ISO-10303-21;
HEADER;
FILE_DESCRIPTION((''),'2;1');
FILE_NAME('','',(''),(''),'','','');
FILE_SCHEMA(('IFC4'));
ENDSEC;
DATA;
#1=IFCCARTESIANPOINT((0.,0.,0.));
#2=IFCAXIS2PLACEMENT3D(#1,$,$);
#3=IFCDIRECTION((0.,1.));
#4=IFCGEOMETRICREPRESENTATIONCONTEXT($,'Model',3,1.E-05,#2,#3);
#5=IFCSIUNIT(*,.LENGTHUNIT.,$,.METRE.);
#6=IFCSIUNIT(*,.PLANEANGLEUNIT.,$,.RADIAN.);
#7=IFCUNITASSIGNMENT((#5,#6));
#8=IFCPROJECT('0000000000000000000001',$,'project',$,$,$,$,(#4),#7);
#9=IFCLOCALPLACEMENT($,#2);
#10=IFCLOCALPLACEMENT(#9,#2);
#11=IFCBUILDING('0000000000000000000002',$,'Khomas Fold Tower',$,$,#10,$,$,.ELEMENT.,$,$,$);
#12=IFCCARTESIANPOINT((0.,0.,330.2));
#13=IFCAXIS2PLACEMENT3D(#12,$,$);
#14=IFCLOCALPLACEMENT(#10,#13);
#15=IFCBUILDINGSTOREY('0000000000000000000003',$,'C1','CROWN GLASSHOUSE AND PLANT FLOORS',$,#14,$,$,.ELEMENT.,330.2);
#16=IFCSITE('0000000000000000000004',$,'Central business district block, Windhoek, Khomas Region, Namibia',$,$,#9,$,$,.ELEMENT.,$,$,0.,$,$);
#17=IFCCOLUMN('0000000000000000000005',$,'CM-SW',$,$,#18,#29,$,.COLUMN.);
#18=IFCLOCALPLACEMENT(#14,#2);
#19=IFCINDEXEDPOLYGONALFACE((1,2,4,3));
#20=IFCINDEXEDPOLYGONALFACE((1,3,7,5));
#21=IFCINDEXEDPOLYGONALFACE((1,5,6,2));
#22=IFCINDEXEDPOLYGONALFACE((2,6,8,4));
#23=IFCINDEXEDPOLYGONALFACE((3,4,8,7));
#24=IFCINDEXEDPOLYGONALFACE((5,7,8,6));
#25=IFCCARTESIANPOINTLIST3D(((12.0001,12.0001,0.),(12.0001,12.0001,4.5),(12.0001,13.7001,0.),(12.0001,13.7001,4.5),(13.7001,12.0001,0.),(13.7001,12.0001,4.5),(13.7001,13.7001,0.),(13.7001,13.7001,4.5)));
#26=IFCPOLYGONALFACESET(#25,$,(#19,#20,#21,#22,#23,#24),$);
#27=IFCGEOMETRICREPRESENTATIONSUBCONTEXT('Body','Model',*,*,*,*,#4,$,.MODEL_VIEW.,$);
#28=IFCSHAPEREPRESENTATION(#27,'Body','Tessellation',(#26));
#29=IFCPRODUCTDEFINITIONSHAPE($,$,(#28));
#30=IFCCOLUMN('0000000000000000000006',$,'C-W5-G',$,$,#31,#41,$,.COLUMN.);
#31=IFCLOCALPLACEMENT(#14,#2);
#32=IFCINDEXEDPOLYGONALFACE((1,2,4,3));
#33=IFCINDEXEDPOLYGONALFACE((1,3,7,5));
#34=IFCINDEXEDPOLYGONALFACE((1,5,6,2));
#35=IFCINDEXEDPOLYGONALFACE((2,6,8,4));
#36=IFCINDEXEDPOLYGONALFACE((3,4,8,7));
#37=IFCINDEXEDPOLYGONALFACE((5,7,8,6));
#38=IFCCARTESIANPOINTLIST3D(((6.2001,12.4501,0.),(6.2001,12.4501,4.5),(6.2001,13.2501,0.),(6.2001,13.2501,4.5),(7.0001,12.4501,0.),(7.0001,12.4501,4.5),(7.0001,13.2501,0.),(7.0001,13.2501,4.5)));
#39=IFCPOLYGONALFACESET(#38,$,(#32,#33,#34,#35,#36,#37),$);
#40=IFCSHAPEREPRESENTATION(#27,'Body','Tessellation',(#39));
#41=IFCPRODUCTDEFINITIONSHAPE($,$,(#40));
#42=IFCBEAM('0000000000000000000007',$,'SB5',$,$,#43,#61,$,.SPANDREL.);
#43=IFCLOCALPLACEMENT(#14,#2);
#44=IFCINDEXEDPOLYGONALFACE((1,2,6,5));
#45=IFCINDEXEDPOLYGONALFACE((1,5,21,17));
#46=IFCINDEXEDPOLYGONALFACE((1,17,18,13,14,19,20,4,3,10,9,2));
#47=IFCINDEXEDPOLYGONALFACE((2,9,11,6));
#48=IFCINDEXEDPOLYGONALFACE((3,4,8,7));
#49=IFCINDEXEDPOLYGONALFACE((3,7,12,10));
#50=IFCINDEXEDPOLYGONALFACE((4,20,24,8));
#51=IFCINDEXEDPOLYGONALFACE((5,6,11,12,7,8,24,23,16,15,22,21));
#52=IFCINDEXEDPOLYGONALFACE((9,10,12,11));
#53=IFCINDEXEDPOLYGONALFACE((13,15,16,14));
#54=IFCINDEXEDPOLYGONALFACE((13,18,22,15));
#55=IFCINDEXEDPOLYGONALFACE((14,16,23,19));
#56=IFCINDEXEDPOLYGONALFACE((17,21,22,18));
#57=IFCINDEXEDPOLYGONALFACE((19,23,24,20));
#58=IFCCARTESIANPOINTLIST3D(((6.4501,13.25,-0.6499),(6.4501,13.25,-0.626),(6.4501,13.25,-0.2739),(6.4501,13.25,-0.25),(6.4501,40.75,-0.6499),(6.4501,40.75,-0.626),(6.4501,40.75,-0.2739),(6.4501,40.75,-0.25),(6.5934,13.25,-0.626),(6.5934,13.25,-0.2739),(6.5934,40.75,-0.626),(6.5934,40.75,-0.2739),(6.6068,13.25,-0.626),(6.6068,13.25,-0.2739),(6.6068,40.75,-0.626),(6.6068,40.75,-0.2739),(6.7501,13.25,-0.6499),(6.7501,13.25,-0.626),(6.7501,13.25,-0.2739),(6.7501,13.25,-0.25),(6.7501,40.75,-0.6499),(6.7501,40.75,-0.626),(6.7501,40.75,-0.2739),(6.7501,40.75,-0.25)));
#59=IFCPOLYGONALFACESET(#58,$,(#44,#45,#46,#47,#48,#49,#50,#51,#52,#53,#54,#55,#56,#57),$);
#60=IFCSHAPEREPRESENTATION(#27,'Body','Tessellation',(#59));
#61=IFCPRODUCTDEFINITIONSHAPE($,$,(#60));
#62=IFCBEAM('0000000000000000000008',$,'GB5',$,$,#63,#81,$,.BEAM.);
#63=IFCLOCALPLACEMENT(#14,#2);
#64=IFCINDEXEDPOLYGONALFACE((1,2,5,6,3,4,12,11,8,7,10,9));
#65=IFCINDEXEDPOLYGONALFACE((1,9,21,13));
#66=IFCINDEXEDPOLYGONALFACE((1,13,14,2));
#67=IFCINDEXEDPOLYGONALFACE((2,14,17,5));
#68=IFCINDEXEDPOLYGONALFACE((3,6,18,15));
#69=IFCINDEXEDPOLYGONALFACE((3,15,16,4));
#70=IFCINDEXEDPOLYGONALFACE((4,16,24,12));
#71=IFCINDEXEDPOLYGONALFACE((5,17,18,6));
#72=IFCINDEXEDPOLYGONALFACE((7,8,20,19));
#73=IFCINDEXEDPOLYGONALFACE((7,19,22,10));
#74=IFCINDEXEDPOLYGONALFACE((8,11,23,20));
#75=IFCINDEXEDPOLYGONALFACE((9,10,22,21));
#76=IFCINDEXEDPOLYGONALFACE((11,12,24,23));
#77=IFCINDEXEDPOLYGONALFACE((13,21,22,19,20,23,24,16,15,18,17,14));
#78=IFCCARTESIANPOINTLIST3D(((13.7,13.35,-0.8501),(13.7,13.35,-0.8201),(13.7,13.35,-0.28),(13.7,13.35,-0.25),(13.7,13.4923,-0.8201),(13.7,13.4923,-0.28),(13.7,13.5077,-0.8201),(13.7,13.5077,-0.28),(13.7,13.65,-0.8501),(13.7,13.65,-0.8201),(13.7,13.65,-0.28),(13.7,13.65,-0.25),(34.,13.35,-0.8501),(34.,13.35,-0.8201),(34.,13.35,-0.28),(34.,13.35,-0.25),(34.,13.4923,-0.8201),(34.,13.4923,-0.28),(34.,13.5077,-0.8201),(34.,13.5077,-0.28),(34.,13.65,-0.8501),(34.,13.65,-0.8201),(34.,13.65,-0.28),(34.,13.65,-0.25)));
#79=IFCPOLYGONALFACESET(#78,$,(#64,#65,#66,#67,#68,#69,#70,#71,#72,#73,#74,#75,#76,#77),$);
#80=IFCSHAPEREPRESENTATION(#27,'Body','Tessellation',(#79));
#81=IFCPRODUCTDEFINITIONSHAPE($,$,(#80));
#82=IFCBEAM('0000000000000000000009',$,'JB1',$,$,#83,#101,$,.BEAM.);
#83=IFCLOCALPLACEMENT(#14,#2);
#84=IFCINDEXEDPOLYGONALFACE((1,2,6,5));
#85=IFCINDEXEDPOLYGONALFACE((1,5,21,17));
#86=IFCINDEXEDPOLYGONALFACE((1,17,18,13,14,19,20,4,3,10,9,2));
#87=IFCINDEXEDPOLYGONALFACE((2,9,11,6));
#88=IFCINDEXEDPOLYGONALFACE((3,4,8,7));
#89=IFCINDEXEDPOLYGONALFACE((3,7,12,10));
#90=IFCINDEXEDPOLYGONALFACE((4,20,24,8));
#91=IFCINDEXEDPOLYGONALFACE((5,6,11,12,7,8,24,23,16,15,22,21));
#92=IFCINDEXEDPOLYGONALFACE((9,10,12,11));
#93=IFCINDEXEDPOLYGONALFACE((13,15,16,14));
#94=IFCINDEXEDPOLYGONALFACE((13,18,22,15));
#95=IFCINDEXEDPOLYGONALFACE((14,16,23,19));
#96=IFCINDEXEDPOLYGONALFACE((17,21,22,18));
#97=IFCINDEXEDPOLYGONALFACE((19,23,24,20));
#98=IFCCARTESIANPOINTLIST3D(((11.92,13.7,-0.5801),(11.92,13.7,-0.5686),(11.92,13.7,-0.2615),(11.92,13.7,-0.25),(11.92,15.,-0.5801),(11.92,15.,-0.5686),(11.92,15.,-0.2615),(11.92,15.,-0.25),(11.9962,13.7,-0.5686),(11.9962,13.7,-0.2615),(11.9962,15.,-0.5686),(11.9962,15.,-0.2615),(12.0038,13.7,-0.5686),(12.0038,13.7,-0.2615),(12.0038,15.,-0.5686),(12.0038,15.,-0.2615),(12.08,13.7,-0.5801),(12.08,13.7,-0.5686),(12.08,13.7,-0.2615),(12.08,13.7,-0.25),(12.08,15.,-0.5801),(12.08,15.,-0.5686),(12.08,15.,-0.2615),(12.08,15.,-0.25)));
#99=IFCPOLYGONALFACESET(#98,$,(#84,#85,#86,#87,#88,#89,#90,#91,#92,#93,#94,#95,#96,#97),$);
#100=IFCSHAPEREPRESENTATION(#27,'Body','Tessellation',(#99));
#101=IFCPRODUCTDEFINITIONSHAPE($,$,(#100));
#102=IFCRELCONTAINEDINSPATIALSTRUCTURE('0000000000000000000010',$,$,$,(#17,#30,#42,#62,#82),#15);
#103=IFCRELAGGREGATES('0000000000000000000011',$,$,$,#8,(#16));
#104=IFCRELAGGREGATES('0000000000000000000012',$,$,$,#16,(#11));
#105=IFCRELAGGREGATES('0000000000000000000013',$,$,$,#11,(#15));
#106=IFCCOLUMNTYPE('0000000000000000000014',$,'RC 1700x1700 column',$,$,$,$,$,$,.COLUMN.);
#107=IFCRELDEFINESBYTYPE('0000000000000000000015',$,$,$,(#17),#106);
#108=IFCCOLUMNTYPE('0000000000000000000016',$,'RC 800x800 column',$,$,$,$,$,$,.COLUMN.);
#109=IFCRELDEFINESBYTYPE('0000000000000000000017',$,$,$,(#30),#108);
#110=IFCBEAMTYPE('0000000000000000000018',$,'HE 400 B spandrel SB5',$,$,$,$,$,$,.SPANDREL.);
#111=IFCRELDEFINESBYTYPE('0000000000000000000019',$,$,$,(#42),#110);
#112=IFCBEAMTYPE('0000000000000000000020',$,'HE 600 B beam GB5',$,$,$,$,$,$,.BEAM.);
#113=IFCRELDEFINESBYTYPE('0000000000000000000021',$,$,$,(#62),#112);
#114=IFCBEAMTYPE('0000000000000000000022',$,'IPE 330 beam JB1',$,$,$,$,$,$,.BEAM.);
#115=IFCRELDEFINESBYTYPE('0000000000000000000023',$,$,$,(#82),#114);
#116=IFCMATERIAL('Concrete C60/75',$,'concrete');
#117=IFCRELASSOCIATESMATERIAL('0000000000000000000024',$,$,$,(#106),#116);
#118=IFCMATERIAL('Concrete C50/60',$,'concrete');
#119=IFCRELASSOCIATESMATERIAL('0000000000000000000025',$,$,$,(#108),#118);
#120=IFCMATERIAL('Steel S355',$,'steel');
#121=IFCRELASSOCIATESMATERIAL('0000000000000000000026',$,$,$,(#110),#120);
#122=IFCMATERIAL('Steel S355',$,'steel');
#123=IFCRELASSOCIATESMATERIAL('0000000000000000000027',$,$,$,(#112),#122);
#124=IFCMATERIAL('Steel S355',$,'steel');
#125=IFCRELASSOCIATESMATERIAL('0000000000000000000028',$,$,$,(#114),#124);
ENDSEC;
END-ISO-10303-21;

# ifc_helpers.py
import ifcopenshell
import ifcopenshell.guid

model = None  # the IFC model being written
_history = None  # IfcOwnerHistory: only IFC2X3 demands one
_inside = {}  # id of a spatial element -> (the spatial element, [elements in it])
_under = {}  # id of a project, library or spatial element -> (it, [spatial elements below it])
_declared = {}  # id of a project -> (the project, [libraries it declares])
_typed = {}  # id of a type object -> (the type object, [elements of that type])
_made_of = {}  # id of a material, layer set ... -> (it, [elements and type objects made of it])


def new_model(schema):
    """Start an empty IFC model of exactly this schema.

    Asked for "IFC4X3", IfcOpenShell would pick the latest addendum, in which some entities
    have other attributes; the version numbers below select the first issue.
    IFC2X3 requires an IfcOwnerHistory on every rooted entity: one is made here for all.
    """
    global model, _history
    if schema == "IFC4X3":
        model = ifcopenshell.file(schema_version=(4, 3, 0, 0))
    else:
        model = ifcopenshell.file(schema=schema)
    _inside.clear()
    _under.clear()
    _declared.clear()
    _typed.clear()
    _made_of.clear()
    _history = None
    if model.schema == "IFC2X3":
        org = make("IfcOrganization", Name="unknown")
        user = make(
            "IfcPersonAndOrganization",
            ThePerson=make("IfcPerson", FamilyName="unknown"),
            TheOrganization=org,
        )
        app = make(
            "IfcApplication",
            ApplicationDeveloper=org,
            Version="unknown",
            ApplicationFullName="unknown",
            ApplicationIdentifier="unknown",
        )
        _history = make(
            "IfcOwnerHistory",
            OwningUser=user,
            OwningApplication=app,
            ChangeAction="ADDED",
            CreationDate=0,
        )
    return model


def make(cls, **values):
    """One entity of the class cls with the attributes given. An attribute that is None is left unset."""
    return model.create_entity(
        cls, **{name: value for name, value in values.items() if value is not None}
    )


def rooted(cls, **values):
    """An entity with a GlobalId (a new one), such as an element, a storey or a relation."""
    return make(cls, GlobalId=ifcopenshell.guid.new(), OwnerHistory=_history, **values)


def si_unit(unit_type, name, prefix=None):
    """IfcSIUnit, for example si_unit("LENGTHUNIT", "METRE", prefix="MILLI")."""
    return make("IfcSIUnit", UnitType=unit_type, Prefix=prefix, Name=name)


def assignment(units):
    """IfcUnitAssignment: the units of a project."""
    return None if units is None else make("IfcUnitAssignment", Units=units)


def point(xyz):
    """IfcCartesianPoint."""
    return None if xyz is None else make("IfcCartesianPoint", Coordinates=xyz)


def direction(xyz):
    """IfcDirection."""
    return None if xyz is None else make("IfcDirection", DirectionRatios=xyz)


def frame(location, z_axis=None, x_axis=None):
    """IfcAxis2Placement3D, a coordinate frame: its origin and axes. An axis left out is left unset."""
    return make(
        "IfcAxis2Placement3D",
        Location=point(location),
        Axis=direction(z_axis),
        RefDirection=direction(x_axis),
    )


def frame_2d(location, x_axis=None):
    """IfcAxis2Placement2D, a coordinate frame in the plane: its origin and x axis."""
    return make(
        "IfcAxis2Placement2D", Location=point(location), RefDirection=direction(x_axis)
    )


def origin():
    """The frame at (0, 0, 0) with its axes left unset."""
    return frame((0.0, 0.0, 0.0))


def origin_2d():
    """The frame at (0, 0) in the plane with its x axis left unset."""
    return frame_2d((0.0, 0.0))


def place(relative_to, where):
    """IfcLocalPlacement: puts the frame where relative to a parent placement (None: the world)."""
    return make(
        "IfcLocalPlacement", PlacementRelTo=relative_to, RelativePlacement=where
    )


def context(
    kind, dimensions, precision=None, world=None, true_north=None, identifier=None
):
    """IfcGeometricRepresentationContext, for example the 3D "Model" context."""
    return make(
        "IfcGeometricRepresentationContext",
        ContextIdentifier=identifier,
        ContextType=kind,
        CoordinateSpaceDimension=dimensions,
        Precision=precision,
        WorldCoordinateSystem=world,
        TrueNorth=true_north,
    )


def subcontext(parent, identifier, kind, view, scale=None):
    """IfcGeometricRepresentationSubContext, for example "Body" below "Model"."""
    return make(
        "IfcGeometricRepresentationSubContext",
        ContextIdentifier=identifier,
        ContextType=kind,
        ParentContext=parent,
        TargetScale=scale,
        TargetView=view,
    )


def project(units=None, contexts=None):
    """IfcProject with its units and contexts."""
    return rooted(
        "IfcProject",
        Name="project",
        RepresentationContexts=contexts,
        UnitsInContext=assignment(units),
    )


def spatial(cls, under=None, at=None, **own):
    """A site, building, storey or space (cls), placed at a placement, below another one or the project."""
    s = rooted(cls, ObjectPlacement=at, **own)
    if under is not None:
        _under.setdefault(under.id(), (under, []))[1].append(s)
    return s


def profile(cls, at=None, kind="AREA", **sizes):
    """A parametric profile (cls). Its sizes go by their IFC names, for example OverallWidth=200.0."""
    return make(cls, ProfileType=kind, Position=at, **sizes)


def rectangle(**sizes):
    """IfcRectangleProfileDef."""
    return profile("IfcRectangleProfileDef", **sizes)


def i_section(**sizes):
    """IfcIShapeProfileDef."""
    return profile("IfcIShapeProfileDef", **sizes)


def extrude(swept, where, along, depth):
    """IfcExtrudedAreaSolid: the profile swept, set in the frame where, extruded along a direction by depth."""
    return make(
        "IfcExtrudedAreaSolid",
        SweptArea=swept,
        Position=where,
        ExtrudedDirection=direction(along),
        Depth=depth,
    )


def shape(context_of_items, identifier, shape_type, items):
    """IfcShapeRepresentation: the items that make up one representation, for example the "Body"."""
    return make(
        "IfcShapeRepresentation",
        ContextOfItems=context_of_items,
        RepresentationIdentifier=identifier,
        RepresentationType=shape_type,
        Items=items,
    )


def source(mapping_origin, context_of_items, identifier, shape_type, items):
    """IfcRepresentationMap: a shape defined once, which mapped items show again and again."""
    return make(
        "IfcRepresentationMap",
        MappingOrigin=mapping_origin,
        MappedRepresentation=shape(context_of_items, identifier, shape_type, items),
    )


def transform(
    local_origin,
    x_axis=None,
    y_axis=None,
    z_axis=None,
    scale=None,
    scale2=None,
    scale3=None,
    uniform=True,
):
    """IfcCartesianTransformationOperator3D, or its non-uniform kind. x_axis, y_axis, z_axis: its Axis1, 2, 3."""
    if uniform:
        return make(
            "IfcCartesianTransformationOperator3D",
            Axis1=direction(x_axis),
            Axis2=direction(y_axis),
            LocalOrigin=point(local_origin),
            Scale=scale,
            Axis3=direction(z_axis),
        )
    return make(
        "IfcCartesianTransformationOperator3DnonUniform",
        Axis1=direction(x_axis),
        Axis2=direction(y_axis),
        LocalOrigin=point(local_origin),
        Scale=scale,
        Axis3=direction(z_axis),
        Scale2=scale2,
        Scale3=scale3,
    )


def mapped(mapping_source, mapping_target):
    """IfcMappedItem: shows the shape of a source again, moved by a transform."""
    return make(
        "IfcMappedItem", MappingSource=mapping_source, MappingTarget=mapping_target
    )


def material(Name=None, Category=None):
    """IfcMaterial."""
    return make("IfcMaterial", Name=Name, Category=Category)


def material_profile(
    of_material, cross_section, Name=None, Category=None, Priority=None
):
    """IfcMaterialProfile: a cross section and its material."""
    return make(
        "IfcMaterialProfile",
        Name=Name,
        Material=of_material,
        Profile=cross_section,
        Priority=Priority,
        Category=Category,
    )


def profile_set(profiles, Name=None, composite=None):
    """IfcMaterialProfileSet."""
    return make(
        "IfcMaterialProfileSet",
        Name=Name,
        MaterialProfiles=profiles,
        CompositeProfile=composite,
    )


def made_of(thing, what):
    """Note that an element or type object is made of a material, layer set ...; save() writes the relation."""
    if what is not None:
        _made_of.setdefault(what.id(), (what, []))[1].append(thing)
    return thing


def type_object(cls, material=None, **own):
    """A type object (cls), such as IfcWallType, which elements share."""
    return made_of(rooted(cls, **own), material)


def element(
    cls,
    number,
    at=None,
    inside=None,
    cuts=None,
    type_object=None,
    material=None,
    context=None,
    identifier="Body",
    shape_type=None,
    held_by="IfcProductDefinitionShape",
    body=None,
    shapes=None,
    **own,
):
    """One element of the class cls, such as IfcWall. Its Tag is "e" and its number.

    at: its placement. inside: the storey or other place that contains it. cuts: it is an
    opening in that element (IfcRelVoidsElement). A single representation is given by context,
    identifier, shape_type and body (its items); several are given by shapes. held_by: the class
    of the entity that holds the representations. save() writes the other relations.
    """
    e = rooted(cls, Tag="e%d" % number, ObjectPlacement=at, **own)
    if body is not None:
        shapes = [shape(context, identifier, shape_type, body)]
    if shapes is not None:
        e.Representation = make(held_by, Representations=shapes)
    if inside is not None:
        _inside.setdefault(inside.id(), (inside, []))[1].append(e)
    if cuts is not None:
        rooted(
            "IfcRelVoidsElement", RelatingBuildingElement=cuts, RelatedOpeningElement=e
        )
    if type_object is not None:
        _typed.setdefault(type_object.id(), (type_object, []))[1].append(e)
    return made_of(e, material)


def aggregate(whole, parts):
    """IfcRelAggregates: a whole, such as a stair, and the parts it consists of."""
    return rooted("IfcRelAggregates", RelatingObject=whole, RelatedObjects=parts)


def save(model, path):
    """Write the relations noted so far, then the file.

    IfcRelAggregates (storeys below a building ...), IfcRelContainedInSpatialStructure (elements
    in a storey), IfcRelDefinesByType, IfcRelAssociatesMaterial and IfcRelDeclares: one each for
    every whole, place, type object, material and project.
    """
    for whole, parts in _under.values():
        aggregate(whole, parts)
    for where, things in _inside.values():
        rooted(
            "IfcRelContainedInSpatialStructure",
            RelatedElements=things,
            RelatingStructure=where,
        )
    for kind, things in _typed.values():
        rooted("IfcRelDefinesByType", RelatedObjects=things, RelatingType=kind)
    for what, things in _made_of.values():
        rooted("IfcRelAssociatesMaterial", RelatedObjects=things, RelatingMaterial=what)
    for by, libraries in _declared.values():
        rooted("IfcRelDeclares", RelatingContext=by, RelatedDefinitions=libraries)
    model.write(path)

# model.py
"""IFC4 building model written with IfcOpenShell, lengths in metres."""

from ifc_helpers import new_model, si_unit, direction, frame, origin, origin_2d, place, context, subcontext, project, spatial, rectangle, i_section, extrude, source, transform, mapped, material, material_profile, profile_set, type_object, element, save


model = new_model("IFC4")

# Units and contexts
model_context = context("Model", 3, precision=1e-05, world=origin(), true_north=direction((0.0, 1.0)))
body_context = subcontext(model_context, "Body", "Model", "MODEL_VIEW")
ifc_project = project(units=[si_unit("LENGTHUNIT", "METRE"), si_unit("PLANEANGLEUNIT", "RADIAN")], contexts=[model_context])

# Site, building, storey
site_placement = place(None, origin())
site = spatial("IfcSite", under=ifc_project, at=site_placement, Name="Central business district block, Windhoek, Khomas Region, Namibia", CompositionType="ELEMENT", RefElevation=0.0)
building_placement = place(site_placement, origin())
building = spatial("IfcBuilding", under=site, at=building_placement, Name="Khomas Fold Tower", CompositionType="ELEMENT")
storey_placement = place(building_placement, frame((0.0, 0.0, 330.2)))
storey = spatial("IfcBuildingStorey", under=building, at=storey_placement, Name="C1", Description="CROWN GLASSHOUSE AND PLANT FLOORS", CompositionType="ELEMENT", Elevation=330.2)

# Columns
ifc_material_1 = material(Name="Concrete C60/75", Category="concrete")
ifc_material_profile_1 = material_profile(ifc_material_1, rectangle(XDim=1.7, YDim=1.7, at=origin_2d()), Name="RC 1700x1700")
ifc_profile_set_1 = profile_set([ifc_material_profile_1], Name="Concrete C60/75")
column_type_1 = type_object("IfcColumnType", Name="RC 1700x1700 column", PredefinedType="COLUMN", material=ifc_profile_set_1)
shared_shape_1 = source(origin(), body_context, "Body", "SweptSolid", [
    extrude(rectangle(XDim=1.7, YDim=1.7, at=origin_2d()), origin(), (0.0, 0.0, 1.0), 4.5),
])
column_1_placement = place(storey_placement, frame((12.8501, 12.8501, 0.0), z_axis=(0.0, 0.0, 1.0), x_axis=(1.0, 0.0, 0.0)))
element("IfcColumn", 1, at=column_1_placement, inside=storey, type_object=column_type_1, Name="CM-SW", PredefinedType="COLUMN", context=body_context, shape_type="MappedRepresentation", body=[
    mapped(shared_shape_1, transform((0.0, 0.0, 0.0))),
])
ifc_material_2 = material(Name="Concrete C50/60", Category="concrete")
ifc_material_profile_2 = material_profile(ifc_material_2, rectangle(XDim=0.8, YDim=0.8, at=origin_2d()), Name="RC 800x800")
ifc_profile_set_2 = profile_set([ifc_material_profile_2], Name="Concrete C50/60")
column_type_2 = type_object("IfcColumnType", Name="RC 800x800 column", PredefinedType="COLUMN", material=ifc_profile_set_2)
shared_shape_2 = source(origin(), body_context, "Body", "SweptSolid", [
    extrude(rectangle(XDim=0.8, YDim=0.8, at=origin_2d()), origin(), (0.0, 0.0, 1.0), 4.5),
])
column_2_placement = place(storey_placement, frame((6.6001, 12.8501, 0.0), z_axis=(0.0, 0.0, 1.0), x_axis=(1.0, 0.0, 0.0)))
element("IfcColumn", 2, at=column_2_placement, inside=storey, type_object=column_type_2, Name="C-W5-G", PredefinedType="COLUMN", context=body_context, shape_type="MappedRepresentation", body=[
    mapped(shared_shape_2, transform((0.0, 0.0, 0.0))),
])

# Beams
ifc_material_3 = material(Name="Steel S355", Category="steel")
ifc_material_profile_3 = material_profile(ifc_material_3, i_section(OverallWidth=0.3, OverallDepth=0.3999, WebThickness=0.0134, FlangeThickness=0.0239, at=origin_2d()), Name="HE 400 B")
ifc_profile_set_3 = profile_set([ifc_material_profile_3], Name="Steel S355")
beam_type_1 = type_object("IfcBeamType", Name="HE 400 B spandrel SB5", PredefinedType="SPANDREL", material=ifc_profile_set_3)
shared_shape_3 = source(origin(), body_context, "Body", "SweptSolid", [
    extrude(i_section(OverallWidth=0.3, OverallDepth=0.3999, WebThickness=0.0134, FlangeThickness=0.0239, at=origin_2d()), origin(), (0.0, 0.0, 1.0), 27.5),
])
beam_1_placement = place(storey_placement, frame((6.6001, 13.25, -0.45), z_axis=(0.0, 1.0, 0.0), x_axis=(-1.0, 0.0, 0.0)))
element("IfcBeam", 3, at=beam_1_placement, inside=storey, type_object=beam_type_1, Name="SB5", PredefinedType="SPANDREL", context=body_context, shape_type="MappedRepresentation", body=[
    mapped(shared_shape_3, transform((0.0, 0.0, 0.0))),
])
ifc_material_4 = material(Name="Steel S355", Category="steel")
ifc_material_profile_4 = material_profile(ifc_material_4, i_section(OverallWidth=0.3, OverallDepth=0.6001, WebThickness=0.0154, FlangeThickness=0.03, at=origin_2d()), Name="HE 600 B")
ifc_profile_set_4 = profile_set([ifc_material_profile_4], Name="Steel S355")
beam_type_2 = type_object("IfcBeamType", Name="HE 600 B beam GB5", PredefinedType="BEAM", material=ifc_profile_set_4)
shared_shape_4 = source(origin(), body_context, "Body", "SweptSolid", [
    extrude(i_section(OverallWidth=0.3, OverallDepth=0.6001, WebThickness=0.0154, FlangeThickness=0.03, at=origin_2d()), origin(), (0.0, 0.0, 1.0), 20.3),
])
beam_2_placement = place(storey_placement, frame((13.7, 13.5, -0.55), z_axis=(1.0, 0.0, 0.0), x_axis=(0.0, 1.0, 0.0)))
element("IfcBeam", 4, at=beam_2_placement, inside=storey, type_object=beam_type_2, Name="GB5", PredefinedType="BEAM", context=body_context, shape_type="MappedRepresentation", body=[
    mapped(shared_shape_4, transform((0.0, 0.0, 0.0))),
])
ifc_material_5 = material(Name="Steel S355", Category="steel")
ifc_material_profile_5 = material_profile(ifc_material_5, i_section(OverallWidth=0.1599, OverallDepth=0.3301, WebThickness=0.0076, FlangeThickness=0.0115, at=origin_2d()), Name="IPE 330")
ifc_profile_set_5 = profile_set([ifc_material_profile_5], Name="Steel S355")
beam_type_3 = type_object("IfcBeamType", Name="IPE 330 beam JB1", PredefinedType="BEAM", material=ifc_profile_set_5)
shared_shape_5 = source(origin(), body_context, "Body", "SweptSolid", [
    extrude(i_section(OverallWidth=0.1599, OverallDepth=0.3301, WebThickness=0.0076, FlangeThickness=0.0115, at=origin_2d()), origin(), (0.0, 0.0, 1.0), 1.3),
])
beam_3_placement = place(storey_placement, frame((12.0, 13.7, -0.415), z_axis=(0.0, 1.0, 0.0), x_axis=(-1.0, 0.0, 0.0)))
element("IfcBeam", 5, at=beam_3_placement, inside=storey, type_object=beam_type_3, Name="JB1", PredefinedType="BEAM", context=body_context, shape_type="MappedRepresentation", body=[
    mapped(shared_shape_5, transform((0.0, 0.0, 0.0))),
])

save(model, "model.ifc")
